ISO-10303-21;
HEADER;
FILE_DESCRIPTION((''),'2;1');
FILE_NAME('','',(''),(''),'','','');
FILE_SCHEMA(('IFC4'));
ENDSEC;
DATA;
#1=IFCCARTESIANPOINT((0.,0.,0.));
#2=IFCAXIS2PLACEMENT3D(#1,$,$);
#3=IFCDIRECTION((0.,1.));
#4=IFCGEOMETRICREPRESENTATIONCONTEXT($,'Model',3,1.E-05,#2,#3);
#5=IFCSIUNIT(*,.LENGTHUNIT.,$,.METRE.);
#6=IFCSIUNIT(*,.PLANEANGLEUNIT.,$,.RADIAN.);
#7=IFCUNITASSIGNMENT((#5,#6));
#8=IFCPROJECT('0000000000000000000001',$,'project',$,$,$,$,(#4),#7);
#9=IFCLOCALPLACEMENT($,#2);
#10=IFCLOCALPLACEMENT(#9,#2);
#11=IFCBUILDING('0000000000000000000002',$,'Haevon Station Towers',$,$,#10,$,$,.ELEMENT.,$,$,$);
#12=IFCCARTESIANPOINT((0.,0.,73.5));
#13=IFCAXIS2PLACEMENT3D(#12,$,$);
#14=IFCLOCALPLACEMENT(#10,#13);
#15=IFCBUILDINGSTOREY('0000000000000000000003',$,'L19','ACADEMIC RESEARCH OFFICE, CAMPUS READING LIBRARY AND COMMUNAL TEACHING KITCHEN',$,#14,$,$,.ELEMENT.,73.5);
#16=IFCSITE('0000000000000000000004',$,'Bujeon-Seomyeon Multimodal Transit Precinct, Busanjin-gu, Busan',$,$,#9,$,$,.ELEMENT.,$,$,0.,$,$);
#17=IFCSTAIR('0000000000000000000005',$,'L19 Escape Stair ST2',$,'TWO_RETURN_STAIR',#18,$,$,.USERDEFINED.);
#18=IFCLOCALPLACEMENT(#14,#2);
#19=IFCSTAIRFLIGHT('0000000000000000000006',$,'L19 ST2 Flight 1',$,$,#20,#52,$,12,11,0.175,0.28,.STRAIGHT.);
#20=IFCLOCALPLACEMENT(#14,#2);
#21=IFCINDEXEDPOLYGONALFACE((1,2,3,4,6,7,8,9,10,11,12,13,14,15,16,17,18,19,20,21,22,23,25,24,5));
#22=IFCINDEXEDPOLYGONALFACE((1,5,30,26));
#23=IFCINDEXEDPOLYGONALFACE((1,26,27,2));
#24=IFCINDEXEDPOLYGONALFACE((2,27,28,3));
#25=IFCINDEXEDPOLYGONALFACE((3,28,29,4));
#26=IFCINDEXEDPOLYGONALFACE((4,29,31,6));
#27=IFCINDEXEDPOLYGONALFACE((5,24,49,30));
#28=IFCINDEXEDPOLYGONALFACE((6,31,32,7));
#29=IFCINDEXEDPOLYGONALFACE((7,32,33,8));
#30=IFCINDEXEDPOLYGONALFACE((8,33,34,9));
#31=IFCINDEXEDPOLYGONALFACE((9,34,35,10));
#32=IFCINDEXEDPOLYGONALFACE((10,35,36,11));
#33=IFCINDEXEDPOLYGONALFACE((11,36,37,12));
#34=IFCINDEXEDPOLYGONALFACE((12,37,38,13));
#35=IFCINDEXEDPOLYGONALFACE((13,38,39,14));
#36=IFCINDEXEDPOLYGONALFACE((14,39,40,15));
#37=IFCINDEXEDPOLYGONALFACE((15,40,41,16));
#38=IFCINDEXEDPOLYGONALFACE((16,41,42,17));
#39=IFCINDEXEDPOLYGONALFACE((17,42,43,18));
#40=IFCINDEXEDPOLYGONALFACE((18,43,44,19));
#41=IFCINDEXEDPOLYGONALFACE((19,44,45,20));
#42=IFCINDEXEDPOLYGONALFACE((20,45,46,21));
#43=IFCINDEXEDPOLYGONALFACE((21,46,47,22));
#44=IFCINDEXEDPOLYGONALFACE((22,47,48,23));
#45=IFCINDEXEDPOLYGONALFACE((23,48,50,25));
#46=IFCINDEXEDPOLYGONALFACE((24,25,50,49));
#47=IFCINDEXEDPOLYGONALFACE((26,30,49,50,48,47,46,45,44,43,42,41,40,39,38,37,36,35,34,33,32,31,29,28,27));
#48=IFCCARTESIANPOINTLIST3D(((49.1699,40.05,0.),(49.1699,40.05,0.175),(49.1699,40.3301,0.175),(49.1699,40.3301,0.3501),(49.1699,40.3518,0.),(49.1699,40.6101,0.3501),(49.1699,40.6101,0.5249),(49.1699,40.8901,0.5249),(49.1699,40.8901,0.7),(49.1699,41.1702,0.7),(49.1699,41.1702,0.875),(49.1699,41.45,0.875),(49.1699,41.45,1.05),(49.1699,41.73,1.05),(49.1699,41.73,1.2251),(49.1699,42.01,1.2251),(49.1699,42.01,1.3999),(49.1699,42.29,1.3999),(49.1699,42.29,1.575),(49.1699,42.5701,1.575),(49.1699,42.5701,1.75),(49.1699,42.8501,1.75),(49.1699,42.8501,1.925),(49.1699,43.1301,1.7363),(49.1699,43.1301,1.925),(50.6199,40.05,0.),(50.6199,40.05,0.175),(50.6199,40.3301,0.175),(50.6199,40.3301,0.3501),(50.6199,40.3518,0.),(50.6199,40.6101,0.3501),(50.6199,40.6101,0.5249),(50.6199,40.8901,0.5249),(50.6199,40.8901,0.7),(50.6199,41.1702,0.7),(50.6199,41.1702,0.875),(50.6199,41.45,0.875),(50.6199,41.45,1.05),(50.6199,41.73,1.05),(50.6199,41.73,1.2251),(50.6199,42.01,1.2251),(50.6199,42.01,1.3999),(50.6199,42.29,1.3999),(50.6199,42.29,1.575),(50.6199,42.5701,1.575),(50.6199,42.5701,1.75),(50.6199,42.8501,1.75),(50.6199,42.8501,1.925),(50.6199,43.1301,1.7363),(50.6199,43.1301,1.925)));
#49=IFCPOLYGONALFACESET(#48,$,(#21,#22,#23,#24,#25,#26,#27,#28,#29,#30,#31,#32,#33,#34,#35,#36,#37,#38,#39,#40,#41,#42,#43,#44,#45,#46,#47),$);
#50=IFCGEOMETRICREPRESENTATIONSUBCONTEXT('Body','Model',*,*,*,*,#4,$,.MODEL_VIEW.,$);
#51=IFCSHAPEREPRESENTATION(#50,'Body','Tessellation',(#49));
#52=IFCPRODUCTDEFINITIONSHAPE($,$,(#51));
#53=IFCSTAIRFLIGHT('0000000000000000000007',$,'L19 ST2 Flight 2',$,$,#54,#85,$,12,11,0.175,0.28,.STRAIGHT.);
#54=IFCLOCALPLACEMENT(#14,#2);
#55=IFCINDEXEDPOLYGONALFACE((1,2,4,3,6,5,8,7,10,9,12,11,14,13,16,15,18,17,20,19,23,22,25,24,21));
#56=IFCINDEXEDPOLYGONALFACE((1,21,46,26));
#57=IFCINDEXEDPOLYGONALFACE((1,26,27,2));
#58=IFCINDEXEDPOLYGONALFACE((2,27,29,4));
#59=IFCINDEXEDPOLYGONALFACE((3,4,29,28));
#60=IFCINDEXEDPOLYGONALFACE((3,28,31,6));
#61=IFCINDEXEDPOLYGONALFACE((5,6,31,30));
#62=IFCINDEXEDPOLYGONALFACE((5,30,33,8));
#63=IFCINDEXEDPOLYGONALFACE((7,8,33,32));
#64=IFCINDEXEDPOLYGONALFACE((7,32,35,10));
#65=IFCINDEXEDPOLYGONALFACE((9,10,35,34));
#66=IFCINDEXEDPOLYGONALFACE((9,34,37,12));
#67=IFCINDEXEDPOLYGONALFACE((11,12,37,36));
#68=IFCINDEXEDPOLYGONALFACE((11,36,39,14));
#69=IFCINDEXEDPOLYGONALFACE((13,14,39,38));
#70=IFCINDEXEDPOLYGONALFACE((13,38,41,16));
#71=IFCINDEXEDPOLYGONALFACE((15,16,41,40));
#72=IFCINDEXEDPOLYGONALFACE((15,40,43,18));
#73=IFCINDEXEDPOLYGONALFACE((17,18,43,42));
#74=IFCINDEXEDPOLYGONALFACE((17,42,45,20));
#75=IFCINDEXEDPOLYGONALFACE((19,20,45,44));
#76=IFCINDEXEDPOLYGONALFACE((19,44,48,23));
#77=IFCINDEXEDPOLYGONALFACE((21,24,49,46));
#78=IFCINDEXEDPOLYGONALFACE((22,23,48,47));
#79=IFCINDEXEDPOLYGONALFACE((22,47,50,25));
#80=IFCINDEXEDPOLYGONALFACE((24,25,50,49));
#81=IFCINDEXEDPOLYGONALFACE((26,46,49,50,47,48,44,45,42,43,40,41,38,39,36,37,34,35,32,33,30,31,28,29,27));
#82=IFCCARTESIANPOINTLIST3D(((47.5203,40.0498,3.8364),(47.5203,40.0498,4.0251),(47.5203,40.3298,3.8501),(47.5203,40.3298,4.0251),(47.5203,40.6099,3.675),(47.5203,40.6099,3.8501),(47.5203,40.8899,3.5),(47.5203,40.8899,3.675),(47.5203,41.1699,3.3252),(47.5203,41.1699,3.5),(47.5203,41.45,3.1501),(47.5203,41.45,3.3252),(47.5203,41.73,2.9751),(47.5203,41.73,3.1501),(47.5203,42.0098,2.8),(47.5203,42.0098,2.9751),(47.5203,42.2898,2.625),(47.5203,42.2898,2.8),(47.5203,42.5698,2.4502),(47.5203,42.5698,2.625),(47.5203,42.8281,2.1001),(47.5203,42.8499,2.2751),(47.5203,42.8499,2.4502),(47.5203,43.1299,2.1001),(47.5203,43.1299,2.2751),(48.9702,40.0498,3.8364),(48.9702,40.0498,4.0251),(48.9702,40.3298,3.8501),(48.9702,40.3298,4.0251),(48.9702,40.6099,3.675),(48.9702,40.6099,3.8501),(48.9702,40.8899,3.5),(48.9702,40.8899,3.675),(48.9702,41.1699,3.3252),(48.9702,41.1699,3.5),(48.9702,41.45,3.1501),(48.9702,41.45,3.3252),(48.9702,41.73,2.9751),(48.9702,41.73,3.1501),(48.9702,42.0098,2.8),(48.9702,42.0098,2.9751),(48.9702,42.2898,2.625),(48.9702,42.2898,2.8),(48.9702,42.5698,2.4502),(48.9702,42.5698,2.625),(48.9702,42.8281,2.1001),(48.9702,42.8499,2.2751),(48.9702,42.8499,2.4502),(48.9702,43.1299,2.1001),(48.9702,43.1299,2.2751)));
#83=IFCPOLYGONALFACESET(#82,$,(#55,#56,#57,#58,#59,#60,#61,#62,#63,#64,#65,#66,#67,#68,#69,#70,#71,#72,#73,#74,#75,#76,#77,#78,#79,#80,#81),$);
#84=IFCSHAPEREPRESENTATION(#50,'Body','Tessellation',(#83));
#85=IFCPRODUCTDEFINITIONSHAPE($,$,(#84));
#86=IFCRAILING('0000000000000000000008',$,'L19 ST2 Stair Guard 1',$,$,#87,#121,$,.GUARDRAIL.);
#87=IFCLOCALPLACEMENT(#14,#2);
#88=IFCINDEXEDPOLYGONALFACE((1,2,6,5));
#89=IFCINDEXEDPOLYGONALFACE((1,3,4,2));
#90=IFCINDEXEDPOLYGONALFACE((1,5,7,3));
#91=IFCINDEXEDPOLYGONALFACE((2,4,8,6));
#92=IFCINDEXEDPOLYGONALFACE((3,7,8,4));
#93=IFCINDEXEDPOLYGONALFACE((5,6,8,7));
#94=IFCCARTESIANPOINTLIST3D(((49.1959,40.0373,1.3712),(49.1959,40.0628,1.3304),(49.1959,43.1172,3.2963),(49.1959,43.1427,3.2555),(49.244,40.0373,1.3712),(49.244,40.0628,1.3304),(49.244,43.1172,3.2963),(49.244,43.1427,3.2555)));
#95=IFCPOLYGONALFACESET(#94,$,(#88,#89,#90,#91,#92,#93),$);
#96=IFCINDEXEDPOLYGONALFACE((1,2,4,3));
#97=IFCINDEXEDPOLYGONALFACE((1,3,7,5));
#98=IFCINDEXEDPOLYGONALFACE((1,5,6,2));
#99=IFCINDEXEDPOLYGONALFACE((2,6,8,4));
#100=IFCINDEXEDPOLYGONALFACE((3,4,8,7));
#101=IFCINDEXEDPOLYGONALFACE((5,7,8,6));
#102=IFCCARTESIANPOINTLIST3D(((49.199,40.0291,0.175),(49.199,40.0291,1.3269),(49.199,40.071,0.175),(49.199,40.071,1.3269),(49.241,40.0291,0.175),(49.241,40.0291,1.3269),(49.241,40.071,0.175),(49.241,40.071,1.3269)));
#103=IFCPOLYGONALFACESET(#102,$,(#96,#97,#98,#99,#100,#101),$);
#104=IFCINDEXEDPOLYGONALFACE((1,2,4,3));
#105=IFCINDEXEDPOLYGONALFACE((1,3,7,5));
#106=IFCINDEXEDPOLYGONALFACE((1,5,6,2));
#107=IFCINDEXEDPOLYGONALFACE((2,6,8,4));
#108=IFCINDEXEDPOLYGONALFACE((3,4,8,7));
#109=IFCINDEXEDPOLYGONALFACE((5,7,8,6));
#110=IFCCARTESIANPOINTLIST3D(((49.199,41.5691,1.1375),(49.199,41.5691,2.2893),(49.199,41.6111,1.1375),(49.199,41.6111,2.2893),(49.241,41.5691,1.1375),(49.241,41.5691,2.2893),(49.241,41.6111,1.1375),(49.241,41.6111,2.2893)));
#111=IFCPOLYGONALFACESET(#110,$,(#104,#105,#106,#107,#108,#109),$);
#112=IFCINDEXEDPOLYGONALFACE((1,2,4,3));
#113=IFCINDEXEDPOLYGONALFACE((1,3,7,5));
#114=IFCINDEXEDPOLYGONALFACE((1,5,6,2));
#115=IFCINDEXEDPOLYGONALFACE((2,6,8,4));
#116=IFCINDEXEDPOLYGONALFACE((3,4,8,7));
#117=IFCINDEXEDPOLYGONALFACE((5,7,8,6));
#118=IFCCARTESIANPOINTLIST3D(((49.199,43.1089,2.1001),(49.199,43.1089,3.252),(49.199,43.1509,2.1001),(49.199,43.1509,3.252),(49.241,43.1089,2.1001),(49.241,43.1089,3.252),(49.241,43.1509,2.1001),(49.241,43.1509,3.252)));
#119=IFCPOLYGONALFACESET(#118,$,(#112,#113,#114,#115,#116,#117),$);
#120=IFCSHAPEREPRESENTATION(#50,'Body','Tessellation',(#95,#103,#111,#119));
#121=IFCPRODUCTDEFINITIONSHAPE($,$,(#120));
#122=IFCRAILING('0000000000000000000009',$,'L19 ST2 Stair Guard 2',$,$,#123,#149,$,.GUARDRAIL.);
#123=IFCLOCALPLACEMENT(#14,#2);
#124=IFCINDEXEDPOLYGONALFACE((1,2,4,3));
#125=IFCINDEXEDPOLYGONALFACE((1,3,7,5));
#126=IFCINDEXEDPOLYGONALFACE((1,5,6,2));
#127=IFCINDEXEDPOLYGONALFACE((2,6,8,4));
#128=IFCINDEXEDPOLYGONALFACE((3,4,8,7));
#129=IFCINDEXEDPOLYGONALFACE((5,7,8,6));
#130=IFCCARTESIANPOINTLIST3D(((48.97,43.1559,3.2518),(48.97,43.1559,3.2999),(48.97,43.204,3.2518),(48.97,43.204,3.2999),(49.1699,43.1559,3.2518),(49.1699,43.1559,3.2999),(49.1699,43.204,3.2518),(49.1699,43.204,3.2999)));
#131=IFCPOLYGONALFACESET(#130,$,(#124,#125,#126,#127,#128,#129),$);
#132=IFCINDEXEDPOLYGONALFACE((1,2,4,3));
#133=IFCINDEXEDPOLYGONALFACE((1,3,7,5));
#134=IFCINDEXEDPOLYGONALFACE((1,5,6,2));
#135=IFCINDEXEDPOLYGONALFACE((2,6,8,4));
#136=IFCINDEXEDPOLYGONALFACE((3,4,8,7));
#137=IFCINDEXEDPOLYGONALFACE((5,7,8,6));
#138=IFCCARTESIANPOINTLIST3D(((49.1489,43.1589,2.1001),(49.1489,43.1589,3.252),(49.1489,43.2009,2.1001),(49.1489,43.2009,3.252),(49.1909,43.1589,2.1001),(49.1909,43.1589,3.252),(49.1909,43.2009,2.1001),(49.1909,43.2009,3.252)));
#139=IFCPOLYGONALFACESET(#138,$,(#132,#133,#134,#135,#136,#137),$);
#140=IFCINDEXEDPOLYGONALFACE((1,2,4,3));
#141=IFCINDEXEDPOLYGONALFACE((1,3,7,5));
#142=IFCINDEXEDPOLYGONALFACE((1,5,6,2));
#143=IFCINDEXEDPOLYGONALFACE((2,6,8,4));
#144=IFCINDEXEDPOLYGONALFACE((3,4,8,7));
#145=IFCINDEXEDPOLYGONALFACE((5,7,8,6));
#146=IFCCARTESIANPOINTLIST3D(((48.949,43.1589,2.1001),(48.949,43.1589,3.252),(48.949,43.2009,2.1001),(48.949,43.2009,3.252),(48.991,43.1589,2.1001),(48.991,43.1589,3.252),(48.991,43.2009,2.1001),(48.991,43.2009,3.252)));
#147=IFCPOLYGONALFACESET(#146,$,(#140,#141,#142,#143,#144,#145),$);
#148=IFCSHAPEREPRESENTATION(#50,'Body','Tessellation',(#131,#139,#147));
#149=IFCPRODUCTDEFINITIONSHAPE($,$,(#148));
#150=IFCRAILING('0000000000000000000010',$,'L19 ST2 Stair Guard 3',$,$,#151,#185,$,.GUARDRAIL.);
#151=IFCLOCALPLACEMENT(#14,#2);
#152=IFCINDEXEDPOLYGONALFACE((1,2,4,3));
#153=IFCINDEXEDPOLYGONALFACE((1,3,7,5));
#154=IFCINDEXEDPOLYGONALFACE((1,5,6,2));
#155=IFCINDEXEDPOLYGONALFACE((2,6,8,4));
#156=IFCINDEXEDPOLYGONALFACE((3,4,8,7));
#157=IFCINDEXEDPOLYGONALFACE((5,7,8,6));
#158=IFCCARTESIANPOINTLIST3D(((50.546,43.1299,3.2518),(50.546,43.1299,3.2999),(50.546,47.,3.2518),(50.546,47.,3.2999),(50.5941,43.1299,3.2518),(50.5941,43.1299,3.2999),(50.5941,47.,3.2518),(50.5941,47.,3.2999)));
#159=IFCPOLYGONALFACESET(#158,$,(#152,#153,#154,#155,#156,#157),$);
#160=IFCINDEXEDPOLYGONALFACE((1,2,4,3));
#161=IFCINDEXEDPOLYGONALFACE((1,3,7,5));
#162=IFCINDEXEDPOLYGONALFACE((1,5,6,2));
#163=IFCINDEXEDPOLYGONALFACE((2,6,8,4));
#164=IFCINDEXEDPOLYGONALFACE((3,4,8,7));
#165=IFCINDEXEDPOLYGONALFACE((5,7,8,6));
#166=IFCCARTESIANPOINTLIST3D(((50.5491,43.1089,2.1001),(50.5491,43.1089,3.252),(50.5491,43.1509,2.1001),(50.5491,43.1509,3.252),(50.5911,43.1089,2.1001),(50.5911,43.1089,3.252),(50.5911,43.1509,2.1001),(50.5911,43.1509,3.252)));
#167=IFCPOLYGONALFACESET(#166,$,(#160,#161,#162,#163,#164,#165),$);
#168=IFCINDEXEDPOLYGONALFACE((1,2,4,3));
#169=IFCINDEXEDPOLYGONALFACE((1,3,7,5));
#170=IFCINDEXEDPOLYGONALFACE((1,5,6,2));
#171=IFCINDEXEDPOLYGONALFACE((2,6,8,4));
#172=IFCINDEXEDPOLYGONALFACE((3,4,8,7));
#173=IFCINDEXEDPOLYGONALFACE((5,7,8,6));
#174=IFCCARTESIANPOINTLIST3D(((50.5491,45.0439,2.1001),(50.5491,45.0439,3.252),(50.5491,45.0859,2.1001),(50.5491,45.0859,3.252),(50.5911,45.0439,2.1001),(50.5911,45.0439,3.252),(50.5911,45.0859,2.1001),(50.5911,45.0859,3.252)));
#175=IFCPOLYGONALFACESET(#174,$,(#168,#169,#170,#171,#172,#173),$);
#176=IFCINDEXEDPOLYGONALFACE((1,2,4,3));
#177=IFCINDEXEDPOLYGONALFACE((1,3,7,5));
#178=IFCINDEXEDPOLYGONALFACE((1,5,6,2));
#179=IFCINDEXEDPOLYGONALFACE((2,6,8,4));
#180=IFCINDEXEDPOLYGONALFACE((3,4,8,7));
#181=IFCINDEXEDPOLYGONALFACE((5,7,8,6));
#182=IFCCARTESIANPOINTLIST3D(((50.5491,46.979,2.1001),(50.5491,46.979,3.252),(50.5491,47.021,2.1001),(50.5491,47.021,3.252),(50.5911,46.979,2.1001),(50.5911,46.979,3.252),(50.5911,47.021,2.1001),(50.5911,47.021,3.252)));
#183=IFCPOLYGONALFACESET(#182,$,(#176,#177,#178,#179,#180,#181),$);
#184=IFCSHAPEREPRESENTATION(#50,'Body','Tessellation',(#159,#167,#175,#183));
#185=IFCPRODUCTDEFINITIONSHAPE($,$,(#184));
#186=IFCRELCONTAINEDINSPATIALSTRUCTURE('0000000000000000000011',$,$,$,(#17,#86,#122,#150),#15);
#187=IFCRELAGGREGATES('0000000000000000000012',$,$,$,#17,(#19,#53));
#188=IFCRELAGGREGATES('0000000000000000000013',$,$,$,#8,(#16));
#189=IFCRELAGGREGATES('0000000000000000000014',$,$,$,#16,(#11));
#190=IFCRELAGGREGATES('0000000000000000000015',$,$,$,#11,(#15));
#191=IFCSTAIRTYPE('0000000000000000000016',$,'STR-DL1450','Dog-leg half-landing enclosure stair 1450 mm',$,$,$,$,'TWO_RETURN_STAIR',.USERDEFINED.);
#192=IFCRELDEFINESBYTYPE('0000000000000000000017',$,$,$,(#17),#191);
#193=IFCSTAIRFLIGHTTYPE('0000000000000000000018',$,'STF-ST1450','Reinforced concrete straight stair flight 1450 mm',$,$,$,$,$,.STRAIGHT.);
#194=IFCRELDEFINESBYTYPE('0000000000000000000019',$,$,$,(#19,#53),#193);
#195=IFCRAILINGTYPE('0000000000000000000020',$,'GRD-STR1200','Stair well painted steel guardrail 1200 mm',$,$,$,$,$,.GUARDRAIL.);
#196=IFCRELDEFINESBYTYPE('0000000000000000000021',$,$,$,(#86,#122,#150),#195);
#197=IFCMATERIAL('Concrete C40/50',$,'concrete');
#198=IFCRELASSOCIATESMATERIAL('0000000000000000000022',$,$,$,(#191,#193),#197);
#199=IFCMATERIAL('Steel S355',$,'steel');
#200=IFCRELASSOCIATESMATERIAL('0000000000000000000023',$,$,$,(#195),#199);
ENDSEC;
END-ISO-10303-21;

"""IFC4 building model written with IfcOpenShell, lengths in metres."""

from ifc_helpers import new_model, si_unit, direction, frame, origin, origin_2d, place, context, subcontext, project, spatial, polyline, rectangle, outline, extrude, material, type_object, element, aggregate, save


model = new_model("IFC4")

# Units and contexts
model_context = context("Model", 3, precision=1e-05, world=origin(), true_north=direction((0.0, 1.0)))
body_context = subcontext(model_context, "Body", "Model", "MODEL_VIEW")
ifc_project = project(units=[si_unit("LENGTHUNIT", "METRE"), si_unit("PLANEANGLEUNIT", "RADIAN")], contexts=[model_context])

# Site, building, storey
site_placement = place(None, origin())
site = spatial("IfcSite", under=ifc_project, at=site_placement, Name="Bujeon-Seomyeon Multimodal Transit Precinct, Busanjin-gu, Busan", CompositionType="ELEMENT", RefElevation=0.0)
building_placement = place(site_placement, origin())
building = spatial("IfcBuilding", under=site, at=building_placement, Name="Haevon Station Towers", CompositionType="ELEMENT")
storey_placement = place(building_placement, frame((0.0, 0.0, 73.5)))
storey = spatial("IfcBuildingStorey", under=building, at=storey_placement, Name="L19", Description="ACADEMIC RESEARCH OFFICE, CAMPUS READING LIBRARY AND COMMUNAL TEACHING KITCHEN", CompositionType="ELEMENT", Elevation=73.5)

# Shared definitions
ifc_material_1 = material(Name="Steel S355", Category="steel")

# Shared definitions
ifc_material_2 = material(Name="Concrete C40/50", Category="concrete")

# Stair, stair flights
stair_type = type_object("IfcStairType", Name="STR-DL1450", Description="Dog-leg half-landing enclosure stair 1450 mm", ElementType="TWO_RETURN_STAIR", PredefinedType="USERDEFINED", material=ifc_material_2)
stair_placement = place(storey_placement, origin())
stair = element("IfcStair", 1, at=stair_placement, inside=storey, type_object=stair_type, Name="L19 Escape Stair ST2", ObjectType="TWO_RETURN_STAIR", PredefinedType="USERDEFINED")
stair_flight_type = type_object("IfcStairFlightType", Name="STF-ST1450", Description="Reinforced concrete straight stair flight 1450 mm", PredefinedType="STRAIGHT", material=ifc_material_2)
stair_flight_1_placement = place(storey_placement, frame((49.895, 40.05, 0.0), z_axis=(0.0, 0.0, 1.0), x_axis=(0.0, 1.0, 0.0)))
stair_flight_1 = element("IfcStairFlight", 2, at=stair_flight_1_placement, type_object=stair_flight_type, Name="L19 ST2 Flight 1", NumberOfRisers=12, NumberOfTreads=11, PredefinedType="STRAIGHT", RiserHeight=0.175, TreadLength=0.28, context=body_context, shape_type="SweptSolid", body=[
    extrude(outline(polyline([(0.0, 0.0), (0.0, 0.175), (0.28, 0.175), (0.28, 0.3501), (0.5601, 0.3501), (0.5601, 0.5249), (0.8401, 0.5249), (0.8401, 0.7), (1.1201, 0.7), (1.1201, 0.875), (1.3999, 0.875), (1.3999, 1.05), (1.6799, 1.05), (1.6799, 1.2251), (1.96, 1.2251), (1.96, 1.3999), (2.24, 1.3999), (2.24, 1.575), (2.52, 1.575), (2.52, 1.75), (2.8, 1.75), (2.8, 1.925), (3.0801, 1.925), (3.0801, 2.1001), (3.0801, 1.7363), (0.3018, 0.0), (0.0, 0.0)])), frame((0.0, 0.7251, 0.0), z_axis=(0.0, -1.0, 0.0), x_axis=(1.0, 0.0, 0.0)), (0.0, 0.0, 1.0), 1.45),
])
stair_flight_2_placement = place(storey_placement, frame((48.2451, 43.1299, 2.1001), z_axis=(0.0, 0.0, 1.0), x_axis=(0.0, -1.0, 0.0)))
stair_flight_2 = element("IfcStairFlight", 3, at=stair_flight_2_placement, type_object=stair_flight_type, Name="L19 ST2 Flight 2", NumberOfRisers=12, NumberOfTreads=11, PredefinedType="STRAIGHT", RiserHeight=0.175, TreadLength=0.28, context=body_context, shape_type="SweptSolid", body=[
    extrude(outline(polyline([(0.0, 0.0), (0.0, 0.175), (0.28, 0.175), (0.28, 0.3501), (0.5601, 0.3501), (0.5601, 0.5249), (0.8401, 0.5249), (0.8401, 0.7), (1.1201, 0.7), (1.1201, 0.875), (1.3999, 0.875), (1.3999, 1.05), (1.6799, 1.05), (1.6799, 1.2251), (1.96, 1.2251), (1.96, 1.3999), (2.24, 1.3999), (2.24, 1.575), (2.52, 1.575), (2.52, 1.75), (2.8, 1.75), (2.8, 1.925), (3.0801, 1.925), (3.0801, 2.1001), (3.0801, 1.7363), (0.3018, 0.0), (0.0, 0.0)])), frame((0.0, 0.7251, 0.0), z_axis=(0.0, -1.0, 0.0), x_axis=(1.0, 0.0, 0.0)), (0.0, 0.0, 1.0), 1.45),
])
aggregate(stair, [stair_flight_1, stair_flight_2])

# Railings
railing_type_1 = type_object("IfcRailingType", Name="GRD-STR1200", Description="Stair well painted steel guardrail 1200 mm", PredefinedType="GUARDRAIL", material=ifc_material_1)
railing_1_placement = place(storey_placement, frame((49.22, 40.05, 0.175)))
element("IfcRailing", 4, at=railing_1_placement, inside=storey, type_object=railing_type_1, Name="L19 ST2 Stair Guard 1", PredefinedType="GUARDRAIL", context=body_context, shape_type="SweptSolid", body=[
    extrude(rectangle(XDim=0.0481, YDim=0.0481, at=origin_2d()), frame((0.0, 0.0, 1.1758), z_axis=(0.0, 0.847979, 0.530029), x_axis=(-1.0, 0.0, 0.0)), (0.0, 0.0, 1.0), 3.6321),
    extrude(rectangle(XDim=0.042, YDim=0.042, at=origin_2d()), origin(), (0.0, 0.0, 1.0), 1.1519),
    extrude(rectangle(XDim=0.042, YDim=0.042, at=origin_2d()), frame((0.0, 1.54, 0.9624)), (0.0, 0.0, 1.0), 1.1519),
    extrude(rectangle(XDim=0.042, YDim=0.042, at=origin_2d()), frame((0.0, 3.0798, 1.925)), (0.0, 0.0, 1.0), 1.1519),
])
railing_2_placement = place(storey_placement, frame((49.1699, 43.1799, 2.1001)))
element("IfcRailing", 5, at=railing_2_placement, inside=storey, type_object=railing_type_1, Name="L19 ST2 Stair Guard 2", PredefinedType="GUARDRAIL", context=body_context, shape_type="SweptSolid", body=[
    extrude(rectangle(XDim=0.0481, YDim=0.0481, at=origin_2d()), frame((0.0, 0.0, 1.1758), z_axis=(-1.0, 0.0, 0.0), x_axis=(0.0, -1.0, 0.0)), (0.0, 0.0, 1.0), 0.2),
    extrude(rectangle(XDim=0.042, YDim=0.042, at=origin_2d()), origin(), (0.0, 0.0, 1.0), 1.1519),
    extrude(rectangle(XDim=0.042, YDim=0.042, at=origin_2d()), frame((-0.2, 0.0, 0.0)), (0.0, 0.0, 1.0), 1.1519),
])
for number, where, name in (
    (6, (50.5701, 43.1299, 2.1001), "L19 ST2 Stair Guard 3"),
):
    element("IfcRailing", number, at=place(storey_placement, frame(where)), inside=storey, type_object=railing_type_1, Name=name, PredefinedType="GUARDRAIL", context=body_context, shape_type="SweptSolid", body=[
        extrude(rectangle(XDim=0.0481, YDim=0.0481, at=origin_2d()), frame((0.0, 0.0, 1.1758), z_axis=(0.0, 1.0, 0.0), x_axis=(-1.0, 0.0, 0.0)), (0.0, 0.0, 1.0), 3.8701),
        extrude(rectangle(XDim=0.042, YDim=0.042, at=origin_2d()), origin(), (0.0, 0.0, 1.0), 1.1519),
        extrude(rectangle(XDim=0.042, YDim=0.042, at=origin_2d()), frame((0.0, 1.9351, 0.0)), (0.0, 0.0, 1.0), 1.1519),
        extrude(rectangle(XDim=0.042, YDim=0.042, at=origin_2d()), frame((0.0, 3.8701, 0.0)), (0.0, 0.0, 1.0), 1.1519),
    ])

save(model, "model.ifc")
